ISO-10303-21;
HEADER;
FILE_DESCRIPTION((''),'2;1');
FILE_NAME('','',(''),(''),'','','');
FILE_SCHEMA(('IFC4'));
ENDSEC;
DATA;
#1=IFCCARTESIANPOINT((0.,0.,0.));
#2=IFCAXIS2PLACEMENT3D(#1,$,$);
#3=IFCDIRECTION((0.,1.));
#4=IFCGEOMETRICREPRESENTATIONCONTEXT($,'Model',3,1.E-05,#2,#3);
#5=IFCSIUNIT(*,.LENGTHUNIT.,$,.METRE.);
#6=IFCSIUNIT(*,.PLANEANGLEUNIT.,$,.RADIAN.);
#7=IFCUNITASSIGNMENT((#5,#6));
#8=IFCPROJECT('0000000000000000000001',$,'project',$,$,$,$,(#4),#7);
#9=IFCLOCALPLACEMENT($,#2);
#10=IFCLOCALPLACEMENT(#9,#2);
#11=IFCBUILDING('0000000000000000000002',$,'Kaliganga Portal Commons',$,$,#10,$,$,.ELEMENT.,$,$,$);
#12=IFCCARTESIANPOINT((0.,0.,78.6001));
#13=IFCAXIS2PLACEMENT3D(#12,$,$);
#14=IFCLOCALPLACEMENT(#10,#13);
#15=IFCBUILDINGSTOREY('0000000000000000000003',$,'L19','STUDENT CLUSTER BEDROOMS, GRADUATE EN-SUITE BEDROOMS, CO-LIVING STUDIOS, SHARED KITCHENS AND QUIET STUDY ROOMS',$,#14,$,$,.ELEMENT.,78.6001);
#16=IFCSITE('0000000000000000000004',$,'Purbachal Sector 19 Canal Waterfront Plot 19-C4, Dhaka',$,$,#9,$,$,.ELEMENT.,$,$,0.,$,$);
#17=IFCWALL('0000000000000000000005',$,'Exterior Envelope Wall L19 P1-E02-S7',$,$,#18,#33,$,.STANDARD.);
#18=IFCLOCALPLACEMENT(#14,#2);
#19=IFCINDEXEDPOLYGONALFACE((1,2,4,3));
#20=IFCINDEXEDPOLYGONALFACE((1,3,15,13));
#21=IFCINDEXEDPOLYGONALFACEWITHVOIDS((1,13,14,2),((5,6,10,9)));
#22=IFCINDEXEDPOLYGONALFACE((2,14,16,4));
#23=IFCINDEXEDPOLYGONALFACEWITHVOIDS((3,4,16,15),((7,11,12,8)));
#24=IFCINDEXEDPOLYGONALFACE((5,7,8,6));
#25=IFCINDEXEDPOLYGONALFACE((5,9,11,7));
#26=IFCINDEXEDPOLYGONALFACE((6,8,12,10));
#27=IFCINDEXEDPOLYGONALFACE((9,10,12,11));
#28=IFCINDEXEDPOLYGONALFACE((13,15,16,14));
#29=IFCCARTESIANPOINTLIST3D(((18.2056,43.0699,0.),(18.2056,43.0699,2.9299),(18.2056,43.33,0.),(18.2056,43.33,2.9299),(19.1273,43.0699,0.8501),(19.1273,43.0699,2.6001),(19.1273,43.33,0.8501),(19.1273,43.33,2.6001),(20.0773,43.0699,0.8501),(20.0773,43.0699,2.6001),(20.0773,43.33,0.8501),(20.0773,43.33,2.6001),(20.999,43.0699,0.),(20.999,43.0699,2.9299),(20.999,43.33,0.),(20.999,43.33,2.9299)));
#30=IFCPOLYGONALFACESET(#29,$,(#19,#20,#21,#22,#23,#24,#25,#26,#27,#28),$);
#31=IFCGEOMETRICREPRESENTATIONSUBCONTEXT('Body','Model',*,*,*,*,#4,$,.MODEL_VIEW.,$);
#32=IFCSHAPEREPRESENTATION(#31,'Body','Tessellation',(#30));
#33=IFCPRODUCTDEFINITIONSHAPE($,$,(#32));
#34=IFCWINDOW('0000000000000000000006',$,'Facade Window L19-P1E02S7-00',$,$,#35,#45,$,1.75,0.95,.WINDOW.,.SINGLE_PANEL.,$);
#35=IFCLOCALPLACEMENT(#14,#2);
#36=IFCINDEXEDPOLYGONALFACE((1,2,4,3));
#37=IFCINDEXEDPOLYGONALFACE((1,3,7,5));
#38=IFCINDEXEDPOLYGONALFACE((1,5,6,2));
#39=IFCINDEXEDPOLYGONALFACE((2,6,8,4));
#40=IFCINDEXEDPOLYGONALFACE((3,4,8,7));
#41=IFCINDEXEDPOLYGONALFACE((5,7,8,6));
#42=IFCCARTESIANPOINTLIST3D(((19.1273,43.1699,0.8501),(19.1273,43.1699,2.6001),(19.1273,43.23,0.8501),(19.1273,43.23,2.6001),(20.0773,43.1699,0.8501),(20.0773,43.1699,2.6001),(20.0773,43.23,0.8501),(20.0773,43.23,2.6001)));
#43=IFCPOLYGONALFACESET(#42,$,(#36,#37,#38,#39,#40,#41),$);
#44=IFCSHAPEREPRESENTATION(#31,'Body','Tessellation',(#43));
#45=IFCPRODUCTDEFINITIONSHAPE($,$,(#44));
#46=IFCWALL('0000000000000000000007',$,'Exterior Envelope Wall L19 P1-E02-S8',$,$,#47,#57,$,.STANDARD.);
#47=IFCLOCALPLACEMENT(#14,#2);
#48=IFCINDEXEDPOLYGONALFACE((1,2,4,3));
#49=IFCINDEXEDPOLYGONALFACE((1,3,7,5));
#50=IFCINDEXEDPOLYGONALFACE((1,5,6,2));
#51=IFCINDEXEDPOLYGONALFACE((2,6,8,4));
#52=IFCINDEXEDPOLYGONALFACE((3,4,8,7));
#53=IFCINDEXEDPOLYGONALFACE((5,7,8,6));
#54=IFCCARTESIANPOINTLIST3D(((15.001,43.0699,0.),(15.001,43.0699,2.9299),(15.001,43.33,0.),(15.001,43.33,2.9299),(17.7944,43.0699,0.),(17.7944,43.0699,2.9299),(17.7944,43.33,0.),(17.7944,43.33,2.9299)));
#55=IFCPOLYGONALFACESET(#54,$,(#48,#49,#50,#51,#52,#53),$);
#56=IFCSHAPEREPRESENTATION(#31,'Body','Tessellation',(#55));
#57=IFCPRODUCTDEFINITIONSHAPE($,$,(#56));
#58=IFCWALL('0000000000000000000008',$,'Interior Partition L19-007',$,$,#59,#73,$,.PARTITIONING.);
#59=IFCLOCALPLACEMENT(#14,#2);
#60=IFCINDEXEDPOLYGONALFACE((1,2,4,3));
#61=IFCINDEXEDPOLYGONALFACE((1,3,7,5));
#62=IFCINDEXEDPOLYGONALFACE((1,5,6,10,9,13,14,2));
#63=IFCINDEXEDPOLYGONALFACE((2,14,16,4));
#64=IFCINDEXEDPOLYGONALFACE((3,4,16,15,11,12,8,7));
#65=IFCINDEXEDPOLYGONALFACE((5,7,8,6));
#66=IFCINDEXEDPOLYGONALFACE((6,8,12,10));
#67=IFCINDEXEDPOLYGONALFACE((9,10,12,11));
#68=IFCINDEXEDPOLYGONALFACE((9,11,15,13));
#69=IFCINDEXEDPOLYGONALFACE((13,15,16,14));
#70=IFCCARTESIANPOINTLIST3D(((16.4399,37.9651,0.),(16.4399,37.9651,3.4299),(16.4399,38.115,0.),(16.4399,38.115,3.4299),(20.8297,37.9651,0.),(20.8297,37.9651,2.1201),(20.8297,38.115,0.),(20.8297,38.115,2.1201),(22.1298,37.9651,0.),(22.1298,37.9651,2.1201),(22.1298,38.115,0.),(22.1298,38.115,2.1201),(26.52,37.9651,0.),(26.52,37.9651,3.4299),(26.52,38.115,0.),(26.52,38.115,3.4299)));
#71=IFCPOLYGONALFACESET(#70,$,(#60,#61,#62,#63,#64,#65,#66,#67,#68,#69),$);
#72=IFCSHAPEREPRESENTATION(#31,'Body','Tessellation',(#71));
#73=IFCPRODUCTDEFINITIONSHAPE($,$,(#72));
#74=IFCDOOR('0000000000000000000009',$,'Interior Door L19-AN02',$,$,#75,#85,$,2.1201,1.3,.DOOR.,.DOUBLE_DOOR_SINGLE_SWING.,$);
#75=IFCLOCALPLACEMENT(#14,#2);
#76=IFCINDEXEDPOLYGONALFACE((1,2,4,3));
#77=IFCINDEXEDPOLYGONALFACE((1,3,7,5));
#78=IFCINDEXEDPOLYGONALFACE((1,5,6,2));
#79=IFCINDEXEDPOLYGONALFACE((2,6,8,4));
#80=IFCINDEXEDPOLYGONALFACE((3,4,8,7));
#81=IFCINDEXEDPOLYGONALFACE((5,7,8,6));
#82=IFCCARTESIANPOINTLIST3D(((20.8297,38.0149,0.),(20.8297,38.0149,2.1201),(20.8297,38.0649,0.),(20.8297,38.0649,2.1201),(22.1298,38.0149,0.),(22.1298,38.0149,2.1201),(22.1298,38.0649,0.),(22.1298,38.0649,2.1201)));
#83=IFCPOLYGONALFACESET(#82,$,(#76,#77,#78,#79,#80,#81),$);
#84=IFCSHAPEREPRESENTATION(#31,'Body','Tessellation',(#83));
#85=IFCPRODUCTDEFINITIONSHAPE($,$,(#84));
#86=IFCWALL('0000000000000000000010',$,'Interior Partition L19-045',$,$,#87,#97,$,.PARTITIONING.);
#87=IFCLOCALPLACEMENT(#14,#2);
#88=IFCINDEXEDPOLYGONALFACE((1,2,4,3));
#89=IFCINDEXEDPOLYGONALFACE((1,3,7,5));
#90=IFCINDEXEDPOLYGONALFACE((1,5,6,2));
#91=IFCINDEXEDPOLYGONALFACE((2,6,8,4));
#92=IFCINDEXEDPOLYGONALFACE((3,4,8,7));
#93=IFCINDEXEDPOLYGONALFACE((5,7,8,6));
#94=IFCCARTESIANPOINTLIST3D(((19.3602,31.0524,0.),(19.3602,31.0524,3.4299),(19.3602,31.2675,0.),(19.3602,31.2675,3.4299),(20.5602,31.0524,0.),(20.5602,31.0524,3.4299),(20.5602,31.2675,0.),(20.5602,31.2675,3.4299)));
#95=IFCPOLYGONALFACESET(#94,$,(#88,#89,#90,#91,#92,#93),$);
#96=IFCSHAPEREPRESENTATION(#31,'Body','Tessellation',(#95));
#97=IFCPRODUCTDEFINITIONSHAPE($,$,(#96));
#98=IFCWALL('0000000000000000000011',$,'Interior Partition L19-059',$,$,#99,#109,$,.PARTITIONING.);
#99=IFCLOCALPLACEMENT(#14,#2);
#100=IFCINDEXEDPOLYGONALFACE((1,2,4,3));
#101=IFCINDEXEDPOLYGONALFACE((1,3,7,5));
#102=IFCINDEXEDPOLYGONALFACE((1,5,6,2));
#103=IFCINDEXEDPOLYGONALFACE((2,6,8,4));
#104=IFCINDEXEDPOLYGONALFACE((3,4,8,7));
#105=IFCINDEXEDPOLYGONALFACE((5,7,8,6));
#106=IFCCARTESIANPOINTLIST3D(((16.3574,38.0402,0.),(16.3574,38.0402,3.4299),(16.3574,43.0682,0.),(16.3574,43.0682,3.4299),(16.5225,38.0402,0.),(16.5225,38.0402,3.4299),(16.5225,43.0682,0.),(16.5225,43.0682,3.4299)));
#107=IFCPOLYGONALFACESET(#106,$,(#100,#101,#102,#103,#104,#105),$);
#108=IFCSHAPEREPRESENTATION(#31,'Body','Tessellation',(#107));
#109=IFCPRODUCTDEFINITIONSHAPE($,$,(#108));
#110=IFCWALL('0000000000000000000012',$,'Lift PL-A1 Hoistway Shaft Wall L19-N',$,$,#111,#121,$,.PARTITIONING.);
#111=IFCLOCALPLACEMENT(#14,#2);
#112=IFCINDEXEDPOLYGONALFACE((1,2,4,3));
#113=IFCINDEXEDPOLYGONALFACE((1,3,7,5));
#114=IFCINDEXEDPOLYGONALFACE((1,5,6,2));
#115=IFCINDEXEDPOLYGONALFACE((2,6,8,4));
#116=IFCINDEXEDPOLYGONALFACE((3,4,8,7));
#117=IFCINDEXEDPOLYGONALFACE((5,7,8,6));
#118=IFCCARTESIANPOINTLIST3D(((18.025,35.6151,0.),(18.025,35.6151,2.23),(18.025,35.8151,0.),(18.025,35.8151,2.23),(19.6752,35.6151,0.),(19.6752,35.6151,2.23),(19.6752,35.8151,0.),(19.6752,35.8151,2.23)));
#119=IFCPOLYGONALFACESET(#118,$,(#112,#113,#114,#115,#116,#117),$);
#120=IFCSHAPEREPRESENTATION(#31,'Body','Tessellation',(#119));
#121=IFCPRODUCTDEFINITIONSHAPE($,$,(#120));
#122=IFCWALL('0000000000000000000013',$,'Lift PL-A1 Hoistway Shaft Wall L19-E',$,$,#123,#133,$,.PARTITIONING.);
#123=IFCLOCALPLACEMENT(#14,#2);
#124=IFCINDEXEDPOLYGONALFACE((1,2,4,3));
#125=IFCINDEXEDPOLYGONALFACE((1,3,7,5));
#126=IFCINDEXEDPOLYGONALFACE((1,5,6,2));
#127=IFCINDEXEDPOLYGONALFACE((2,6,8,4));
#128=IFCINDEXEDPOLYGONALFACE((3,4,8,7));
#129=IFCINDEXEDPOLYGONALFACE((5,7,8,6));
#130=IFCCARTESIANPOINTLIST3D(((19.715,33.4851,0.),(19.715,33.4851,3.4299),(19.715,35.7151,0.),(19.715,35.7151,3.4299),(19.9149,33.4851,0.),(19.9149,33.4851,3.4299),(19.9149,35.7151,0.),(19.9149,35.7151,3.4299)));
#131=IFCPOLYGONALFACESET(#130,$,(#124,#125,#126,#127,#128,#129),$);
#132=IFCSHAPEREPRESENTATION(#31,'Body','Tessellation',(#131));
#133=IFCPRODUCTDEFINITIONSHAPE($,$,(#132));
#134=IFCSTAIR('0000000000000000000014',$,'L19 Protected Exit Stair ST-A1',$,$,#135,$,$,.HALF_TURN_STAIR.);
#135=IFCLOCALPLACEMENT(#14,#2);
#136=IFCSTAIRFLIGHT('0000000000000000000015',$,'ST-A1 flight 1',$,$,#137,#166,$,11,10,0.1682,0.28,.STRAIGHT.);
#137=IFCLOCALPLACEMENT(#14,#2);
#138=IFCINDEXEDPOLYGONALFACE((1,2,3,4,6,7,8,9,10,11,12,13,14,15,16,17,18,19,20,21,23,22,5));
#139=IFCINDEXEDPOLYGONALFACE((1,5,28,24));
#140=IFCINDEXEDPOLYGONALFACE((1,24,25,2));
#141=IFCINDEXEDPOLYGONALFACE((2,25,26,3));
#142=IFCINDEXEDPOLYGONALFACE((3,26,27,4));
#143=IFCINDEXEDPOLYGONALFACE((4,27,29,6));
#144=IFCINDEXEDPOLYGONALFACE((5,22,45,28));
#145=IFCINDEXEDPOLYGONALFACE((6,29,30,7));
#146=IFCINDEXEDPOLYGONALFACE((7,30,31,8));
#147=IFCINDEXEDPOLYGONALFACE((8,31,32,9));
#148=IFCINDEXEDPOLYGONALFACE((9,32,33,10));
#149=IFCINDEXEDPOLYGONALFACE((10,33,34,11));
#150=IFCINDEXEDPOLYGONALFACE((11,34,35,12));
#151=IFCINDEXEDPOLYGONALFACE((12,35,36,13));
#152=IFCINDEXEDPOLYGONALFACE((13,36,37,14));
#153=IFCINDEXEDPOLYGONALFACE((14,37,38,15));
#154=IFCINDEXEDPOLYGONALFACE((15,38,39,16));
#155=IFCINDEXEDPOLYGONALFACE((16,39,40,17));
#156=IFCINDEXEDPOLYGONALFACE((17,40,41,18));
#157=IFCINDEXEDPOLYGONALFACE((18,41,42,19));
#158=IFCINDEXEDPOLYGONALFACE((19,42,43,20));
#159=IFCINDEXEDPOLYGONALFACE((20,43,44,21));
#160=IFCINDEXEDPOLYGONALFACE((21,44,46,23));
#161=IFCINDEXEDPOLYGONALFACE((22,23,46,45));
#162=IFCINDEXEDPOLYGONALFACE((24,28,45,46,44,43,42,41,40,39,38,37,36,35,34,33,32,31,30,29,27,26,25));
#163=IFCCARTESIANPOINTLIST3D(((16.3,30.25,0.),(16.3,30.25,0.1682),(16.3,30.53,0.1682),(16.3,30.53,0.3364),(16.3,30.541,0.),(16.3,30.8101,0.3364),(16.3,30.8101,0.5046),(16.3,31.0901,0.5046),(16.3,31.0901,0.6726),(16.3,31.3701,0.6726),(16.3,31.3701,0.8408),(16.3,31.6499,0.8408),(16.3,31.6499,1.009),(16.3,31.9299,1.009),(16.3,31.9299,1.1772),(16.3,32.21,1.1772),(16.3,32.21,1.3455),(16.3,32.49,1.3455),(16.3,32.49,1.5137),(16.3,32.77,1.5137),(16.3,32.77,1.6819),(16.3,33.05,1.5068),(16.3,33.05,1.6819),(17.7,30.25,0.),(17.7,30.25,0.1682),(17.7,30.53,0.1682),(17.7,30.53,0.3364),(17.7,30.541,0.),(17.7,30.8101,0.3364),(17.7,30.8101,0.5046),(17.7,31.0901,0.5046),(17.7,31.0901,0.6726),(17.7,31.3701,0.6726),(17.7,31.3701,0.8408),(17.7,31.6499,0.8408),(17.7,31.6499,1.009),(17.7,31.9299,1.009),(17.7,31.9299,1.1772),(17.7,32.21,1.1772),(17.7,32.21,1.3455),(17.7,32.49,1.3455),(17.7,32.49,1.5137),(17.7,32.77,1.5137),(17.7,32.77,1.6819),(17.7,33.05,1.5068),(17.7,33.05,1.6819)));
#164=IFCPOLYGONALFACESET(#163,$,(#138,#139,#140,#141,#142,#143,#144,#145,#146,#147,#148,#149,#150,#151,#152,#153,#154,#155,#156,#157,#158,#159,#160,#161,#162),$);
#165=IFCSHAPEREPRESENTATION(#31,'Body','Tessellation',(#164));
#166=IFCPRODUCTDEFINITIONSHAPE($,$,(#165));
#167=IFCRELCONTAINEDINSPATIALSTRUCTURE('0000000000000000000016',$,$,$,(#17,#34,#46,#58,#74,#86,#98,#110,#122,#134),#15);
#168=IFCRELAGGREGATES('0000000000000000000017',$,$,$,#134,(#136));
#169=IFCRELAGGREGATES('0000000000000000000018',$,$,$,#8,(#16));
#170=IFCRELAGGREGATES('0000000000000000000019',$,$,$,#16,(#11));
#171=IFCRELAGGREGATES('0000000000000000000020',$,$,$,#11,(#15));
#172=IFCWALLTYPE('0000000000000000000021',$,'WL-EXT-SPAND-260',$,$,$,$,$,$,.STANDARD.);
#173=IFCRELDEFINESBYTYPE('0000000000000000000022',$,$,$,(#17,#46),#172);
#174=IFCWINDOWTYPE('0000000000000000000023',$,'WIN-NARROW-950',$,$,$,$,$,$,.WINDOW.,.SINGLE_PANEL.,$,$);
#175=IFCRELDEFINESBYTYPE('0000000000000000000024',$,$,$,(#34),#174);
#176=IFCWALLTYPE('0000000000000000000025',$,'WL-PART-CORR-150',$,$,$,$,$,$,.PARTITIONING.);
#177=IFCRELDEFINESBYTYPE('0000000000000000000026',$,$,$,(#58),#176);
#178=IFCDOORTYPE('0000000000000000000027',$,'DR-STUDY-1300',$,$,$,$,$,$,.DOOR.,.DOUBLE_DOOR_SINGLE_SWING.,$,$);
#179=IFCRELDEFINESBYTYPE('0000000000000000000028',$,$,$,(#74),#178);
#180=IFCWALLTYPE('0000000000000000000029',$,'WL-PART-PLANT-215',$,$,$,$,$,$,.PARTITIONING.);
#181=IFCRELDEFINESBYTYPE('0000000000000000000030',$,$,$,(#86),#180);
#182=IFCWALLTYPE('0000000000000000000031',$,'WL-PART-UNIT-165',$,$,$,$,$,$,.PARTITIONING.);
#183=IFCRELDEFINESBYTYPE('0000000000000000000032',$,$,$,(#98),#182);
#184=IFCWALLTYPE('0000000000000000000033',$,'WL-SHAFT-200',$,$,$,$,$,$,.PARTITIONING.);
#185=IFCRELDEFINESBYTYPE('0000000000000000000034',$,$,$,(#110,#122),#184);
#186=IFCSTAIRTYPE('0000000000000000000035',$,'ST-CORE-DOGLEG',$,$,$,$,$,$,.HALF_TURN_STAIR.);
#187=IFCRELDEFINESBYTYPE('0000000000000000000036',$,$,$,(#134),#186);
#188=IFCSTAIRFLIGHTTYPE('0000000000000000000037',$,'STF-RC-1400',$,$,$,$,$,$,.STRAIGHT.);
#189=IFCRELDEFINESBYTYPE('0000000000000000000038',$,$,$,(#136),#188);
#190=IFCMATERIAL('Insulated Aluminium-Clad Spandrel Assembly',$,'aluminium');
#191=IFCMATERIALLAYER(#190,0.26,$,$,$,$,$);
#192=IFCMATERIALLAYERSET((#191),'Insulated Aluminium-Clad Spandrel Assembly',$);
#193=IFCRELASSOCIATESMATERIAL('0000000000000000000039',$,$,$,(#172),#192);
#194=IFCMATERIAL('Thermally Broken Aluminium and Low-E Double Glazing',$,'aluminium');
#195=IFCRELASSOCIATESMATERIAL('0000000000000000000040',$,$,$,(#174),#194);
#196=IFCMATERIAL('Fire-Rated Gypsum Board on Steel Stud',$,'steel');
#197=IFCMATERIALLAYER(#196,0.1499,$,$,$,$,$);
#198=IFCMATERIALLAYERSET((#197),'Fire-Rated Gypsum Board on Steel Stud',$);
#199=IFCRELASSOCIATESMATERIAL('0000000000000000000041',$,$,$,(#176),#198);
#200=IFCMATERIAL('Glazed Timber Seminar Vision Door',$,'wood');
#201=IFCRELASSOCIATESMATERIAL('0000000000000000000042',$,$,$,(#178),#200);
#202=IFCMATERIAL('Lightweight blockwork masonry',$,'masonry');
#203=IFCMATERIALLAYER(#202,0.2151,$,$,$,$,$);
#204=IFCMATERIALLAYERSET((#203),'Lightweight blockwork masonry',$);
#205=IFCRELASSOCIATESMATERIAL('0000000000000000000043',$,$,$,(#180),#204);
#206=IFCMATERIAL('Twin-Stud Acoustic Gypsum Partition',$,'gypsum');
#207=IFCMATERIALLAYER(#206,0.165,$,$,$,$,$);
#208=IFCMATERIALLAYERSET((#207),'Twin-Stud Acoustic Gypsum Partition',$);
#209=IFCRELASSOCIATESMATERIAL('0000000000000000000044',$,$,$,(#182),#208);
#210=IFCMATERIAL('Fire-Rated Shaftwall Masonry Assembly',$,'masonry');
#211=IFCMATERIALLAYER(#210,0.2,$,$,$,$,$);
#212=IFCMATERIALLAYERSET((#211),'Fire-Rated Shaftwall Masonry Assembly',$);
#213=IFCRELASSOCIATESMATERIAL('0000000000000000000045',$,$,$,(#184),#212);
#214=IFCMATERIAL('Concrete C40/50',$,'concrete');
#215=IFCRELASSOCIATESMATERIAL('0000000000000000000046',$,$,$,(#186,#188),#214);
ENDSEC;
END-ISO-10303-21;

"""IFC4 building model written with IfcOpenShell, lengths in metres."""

from ifc_helpers import new_model, si_unit, direction, frame, frame_2d, origin, place, context, subcontext, project, spatial, polyline, rectangle, outline, extrude, material, layer, layer_set, type_object, element, fill, aggregate, save


model = new_model("IFC4")

# Units and contexts
model_context = context("Model", 3, precision=1e-05, world=origin(), true_north=direction((0.0, 1.0)))
body_context = subcontext(model_context, "Body", "Model", "MODEL_VIEW")
ifc_project = project(units=[si_unit("LENGTHUNIT", "METRE"), si_unit("PLANEANGLEUNIT", "RADIAN")], contexts=[model_context])

# Site, building, storey
site_placement = place(None, origin())
site = spatial("IfcSite", under=ifc_project, at=site_placement, Name="Purbachal Sector 19 Canal Waterfront Plot 19-C4, Dhaka", CompositionType="ELEMENT", RefElevation=0.0)
building_placement = place(site_placement, origin())
building = spatial("IfcBuilding", under=site, at=building_placement, Name="Kaliganga Portal Commons", CompositionType="ELEMENT")
storey_placement = place(building_placement, frame((0.0, 0.0, 78.6001)))
storey = spatial("IfcBuildingStorey", under=building, at=storey_placement, Name="L19", Description="STUDENT CLUSTER BEDROOMS, GRADUATE EN-SUITE BEDROOMS, CO-LIVING STUDIOS, SHARED KITCHENS AND QUIET STUDY ROOMS", CompositionType="ELEMENT", Elevation=78.6001)

# Wall, opening, window
ifc_material_1 = material(Name="Insulated Aluminium-Clad Spandrel Assembly", Category="aluminium")
ifc_layer_1 = layer(ifc_material_1, 0.26)
ifc_layer_set_1 = layer_set([ifc_layer_1], Name="Insulated Aluminium-Clad Spandrel Assembly")
wall_type_1 = type_object("IfcWallType", Name="WL-EXT-SPAND-260", PredefinedType="STANDARD", material=ifc_layer_set_1)
wall_1_placement = place(storey_placement, frame((18.2056, 43.2, 0.0), z_axis=(0.0, 0.0, 1.0), x_axis=(1.0, 0.0, 0.0)))
wall_1 = element("IfcWall", 1, at=wall_1_placement, inside=storey, type_object=wall_type_1, Name="Exterior Envelope Wall L19 P1-E02-S7", PredefinedType="STANDARD", context=body_context, shape_type="SweptSolid", body=[
    extrude(rectangle(XDim=2.7935, YDim=0.26, at=frame_2d((1.3967, 0.0))), origin(), (0.0, 0.0, 1.0), 2.9299),
])
opening_1_placement = place(wall_1_placement, frame((0.9216, 0.0, 0.8501)))
opening_1 = element("IfcOpeningElement", 2, at=opening_1_placement, cuts=wall_1, PredefinedType="OPENING", context=body_context, shape_type="SweptSolid", body=[
    extrude(rectangle(XDim=0.95, YDim=1.75, at=frame_2d((0.4751, 0.875))), frame((0.0, 0.1401, 0.0), z_axis=(0.0, -1.0, 0.0), x_axis=(1.0, 0.0, 0.0)), (0.0, 0.0, 1.0), 0.28),
])
ifc_material_2 = material(Name="Thermally Broken Aluminium and Low-E Double Glazing", Category="aluminium")
window_type = type_object("IfcWindowType", Name="WIN-NARROW-950", PartitioningType="SINGLE_PANEL", PredefinedType="WINDOW", material=ifc_material_2)
window_placement = place(opening_1_placement, origin())
window = element("IfcWindow", 3, at=window_placement, inside=storey, type_object=window_type, Name="Facade Window L19-P1E02S7-00", OverallHeight=1.75, OverallWidth=0.95, PartitioningType="SINGLE_PANEL", PredefinedType="WINDOW", context=body_context, shape_type="SweptSolid", body=[
    extrude(rectangle(XDim=0.95, YDim=1.75, at=frame_2d((0.4751, 0.875))), frame((0.0, 0.03, 0.0), z_axis=(0.0, -1.0, 0.0), x_axis=(1.0, 0.0, 0.0)), (0.0, 0.0, 1.0), 0.0601),
])
fill(opening_1, window)

# Wall
wall_2_placement = place(storey_placement, frame((15.001, 43.2, 0.0), z_axis=(0.0, 0.0, 1.0), x_axis=(1.0, 0.0, 0.0)))
element("IfcWall", 4, at=wall_2_placement, inside=storey, type_object=wall_type_1, Name="Exterior Envelope Wall L19 P1-E02-S8", PredefinedType="STANDARD", context=body_context, shape_type="SweptSolid", body=[
    extrude(rectangle(XDim=2.7935, YDim=0.26, at=frame_2d((1.3967, 0.0))), origin(), (0.0, 0.0, 1.0), 2.9299),
])

# Wall, opening, door
ifc_material_3 = material(Name="Fire-Rated Gypsum Board on Steel Stud", Category="steel")
ifc_layer_2 = layer(ifc_material_3, 0.1499)
ifc_layer_set_2 = layer_set([ifc_layer_2], Name="Fire-Rated Gypsum Board on Steel Stud")
wall_type_2 = type_object("IfcWallType", Name="WL-PART-CORR-150", PredefinedType="PARTITIONING", material=ifc_layer_set_2)
wall_3_placement = place(storey_placement, frame((16.4399, 38.04, 0.0), z_axis=(0.0, 0.0, 1.0), x_axis=(1.0, 0.0, 0.0)))
wall_3 = element("IfcWall", 5, at=wall_3_placement, inside=storey, type_object=wall_type_2, Name="Interior Partition L19-007", PredefinedType="PARTITIONING", context=body_context, shape_type="SweptSolid", body=[
    extrude(rectangle(XDim=10.0801, YDim=0.1499, at=frame_2d((5.04, 0.0))), origin(), (0.0, 0.0, 1.0), 3.4299),
])
opening_2_placement = place(wall_3_placement, frame((4.3899, 0.0, 0.0)))
opening_2 = element("IfcOpeningElement", 6, at=opening_2_placement, cuts=wall_3, PredefinedType="OPENING", context=body_context, shape_type="SweptSolid", body=[
    extrude(rectangle(XDim=1.3, YDim=2.1201, at=frame_2d((0.6499, 1.0601))), frame((0.0, 0.085, 0.0), z_axis=(0.0, -1.0, 0.0), x_axis=(1.0, 0.0, 0.0)), (0.0, 0.0, 1.0), 0.1699),
])
ifc_material_4 = material(Name="Glazed Timber Seminar Vision Door", Category="wood")
door_type_1 = type_object("IfcDoorType", Name="DR-STUDY-1300", OperationType="DOUBLE_DOOR_SINGLE_SWING", PredefinedType="DOOR", material=ifc_material_4)
door_1_placement = place(opening_2_placement, origin())
door_1 = element("IfcDoor", 7, at=door_1_placement, inside=storey, type_object=door_type_1, Name="Interior Door L19-AN02", OperationType="DOUBLE_DOOR_SINGLE_SWING", OverallHeight=2.1201, OverallWidth=1.3, PredefinedType="DOOR", context=body_context, shape_type="SweptSolid", body=[
    extrude(rectangle(XDim=1.3, YDim=2.1201, at=frame_2d((0.6499, 1.0601))), frame((0.0, 0.0249, 0.0), z_axis=(0.0, -1.0, 0.0), x_axis=(1.0, 0.0, 0.0)), (0.0, 0.0, 1.0), 0.05),
])
fill(opening_2, door_1)

# Walls
ifc_material_5 = material(Name="Lightweight blockwork masonry", Category="masonry")
ifc_layer_3 = layer(ifc_material_5, 0.2151)
ifc_layer_set_3 = layer_set([ifc_layer_3], Name="Lightweight blockwork masonry")
wall_type_3 = type_object("IfcWallType", Name="WL-PART-PLANT-215", PredefinedType="PARTITIONING", material=ifc_layer_set_3)
wall_4_placement = place(storey_placement, frame((19.3601, 31.1599, 0.0), z_axis=(0.0, 0.0, 1.0), x_axis=(1.0, 0.0, 0.0)))
element("IfcWall", 8, at=wall_4_placement, inside=storey, type_object=wall_type_3, Name="Interior Partition L19-045", PredefinedType="PARTITIONING", context=body_context, shape_type="SweptSolid", body=[
    extrude(rectangle(XDim=1.2, YDim=0.2151, at=frame_2d((0.6001, 0.0))), origin(), (0.0, 0.0, 1.0), 3.4299),
])
ifc_material_6 = material(Name="Twin-Stud Acoustic Gypsum Partition", Category="gypsum")
ifc_layer_4 = layer(ifc_material_6, 0.165)
ifc_layer_set_4 = layer_set([ifc_layer_4], Name="Twin-Stud Acoustic Gypsum Partition")
wall_type_4 = type_object("IfcWallType", Name="WL-PART-UNIT-165", PredefinedType="PARTITIONING", material=ifc_layer_set_4)
wall_5_placement = place(storey_placement, frame((16.4399, 38.04, 0.0), z_axis=(0.0, 0.0, 1.0), x_axis=(0.0, 1.0, 0.0)))
element("IfcWall", 9, at=wall_5_placement, inside=storey, type_object=wall_type_4, Name="Interior Partition L19-059", PredefinedType="PARTITIONING", context=body_context, shape_type="SweptSolid", body=[
    extrude(rectangle(XDim=5.0281, YDim=0.165, at=frame_2d((2.5142, 0.0))), origin(), (0.0, 0.0, 1.0), 3.4299),
])

# Shared definitions
ifc_material_7 = material(Name="Fire-Rated Shaftwall Masonry Assembly", Category="masonry")
ifc_layer_5 = layer(ifc_material_7, 0.2)
ifc_layer_set_5 = layer_set([ifc_layer_5], Name="Fire-Rated Shaftwall Masonry Assembly")
wall_type_5 = type_object("IfcWallType", Name="WL-SHAFT-200", PredefinedType="PARTITIONING", material=ifc_layer_set_5)

# Walls
wall_6_placement = place(storey_placement, frame((18.0249, 35.7151, 0.0), z_axis=(0.0, 0.0, 1.0), x_axis=(1.0, 0.0, 0.0)))
element("IfcWall", 10, at=wall_6_placement, inside=storey, type_object=wall_type_5, Name="Lift PL-A1 Hoistway Shaft Wall L19-N", PredefinedType="PARTITIONING", context=body_context, shape_type="SweptSolid", body=[
    extrude(rectangle(XDim=1.6501, YDim=0.2, at=frame_2d((0.8252, 0.0))), origin(), (0.0, 0.0, 1.0), 2.23),
])
wall_7_placement = place(storey_placement, frame((19.8149, 33.4851, 0.0), z_axis=(0.0, 0.0, 1.0), x_axis=(0.0, 1.0, 0.0)))
element("IfcWall", 11, at=wall_7_placement, inside=storey, type_object=wall_type_5, Name="Lift PL-A1 Hoistway Shaft Wall L19-E", PredefinedType="PARTITIONING", context=body_context, shape_type="SweptSolid", body=[
    extrude(rectangle(XDim=2.23, YDim=0.2, at=frame_2d((1.115, 0.0))), origin(), (0.0, 0.0, 1.0), 3.4299),
])

# Stair, stair flight
ifc_material_8 = material(Name="Concrete C40/50", Category="concrete")
stair_type = type_object("IfcStairType", Name="ST-CORE-DOGLEG", PredefinedType="HALF_TURN_STAIR", material=ifc_material_8)
stair_placement = place(storey_placement, origin())
stair = element("IfcStair", 12, at=stair_placement, inside=storey, type_object=stair_type, Name="L19 Protected Exit Stair ST-A1", PredefinedType="HALF_TURN_STAIR")
stair_flight_type = type_object("IfcStairFlightType", Name="STF-RC-1400", PredefinedType="STRAIGHT", material=ifc_material_8)
stair_flight_1_placement = place(storey_placement, frame((17.0, 30.25, 0.0), z_axis=(0.0, 0.0, 1.0), x_axis=(0.0, 1.0, 0.0)))
stair_flight_1 = element("IfcStairFlight", 13, at=stair_flight_1_placement, type_object=stair_flight_type, Name="ST-A1 flight 1", NumberOfRisers=11, NumberOfTreads=10, PredefinedType="STRAIGHT", RiserHeight=0.1682, TreadLength=0.28, context=body_context, shape_type="SweptSolid", body=[
    extrude(outline(polyline([(0.0, 0.0), (0.0, 0.1682), (0.28, 0.1682), (0.28, 0.3364), (0.5601, 0.3364), (0.5601, 0.5046), (0.8401, 0.5046), (0.8401, 0.6726), (1.1201, 0.6726), (1.1201, 0.8408), (1.3999, 0.8408), (1.3999, 1.009), (1.6799, 1.009), (1.6799, 1.1772), (1.96, 1.1772), (1.96, 1.3455), (2.24, 1.3455), (2.24, 1.5137), (2.52, 1.5137), (2.52, 1.6819), (2.8, 1.6819), (2.8, 1.8501), (2.8, 1.5068), (0.291, 0.0), (0.0, 0.0)])), frame((0.0, 0.7, 0.0), z_axis=(0.0, -1.0, 0.0), x_axis=(1.0, 0.0, 0.0)), (0.0, 0.0, 1.0), 1.3999),
])
aggregate(stair, [stair_flight_1])

save(model, "model.ifc")
